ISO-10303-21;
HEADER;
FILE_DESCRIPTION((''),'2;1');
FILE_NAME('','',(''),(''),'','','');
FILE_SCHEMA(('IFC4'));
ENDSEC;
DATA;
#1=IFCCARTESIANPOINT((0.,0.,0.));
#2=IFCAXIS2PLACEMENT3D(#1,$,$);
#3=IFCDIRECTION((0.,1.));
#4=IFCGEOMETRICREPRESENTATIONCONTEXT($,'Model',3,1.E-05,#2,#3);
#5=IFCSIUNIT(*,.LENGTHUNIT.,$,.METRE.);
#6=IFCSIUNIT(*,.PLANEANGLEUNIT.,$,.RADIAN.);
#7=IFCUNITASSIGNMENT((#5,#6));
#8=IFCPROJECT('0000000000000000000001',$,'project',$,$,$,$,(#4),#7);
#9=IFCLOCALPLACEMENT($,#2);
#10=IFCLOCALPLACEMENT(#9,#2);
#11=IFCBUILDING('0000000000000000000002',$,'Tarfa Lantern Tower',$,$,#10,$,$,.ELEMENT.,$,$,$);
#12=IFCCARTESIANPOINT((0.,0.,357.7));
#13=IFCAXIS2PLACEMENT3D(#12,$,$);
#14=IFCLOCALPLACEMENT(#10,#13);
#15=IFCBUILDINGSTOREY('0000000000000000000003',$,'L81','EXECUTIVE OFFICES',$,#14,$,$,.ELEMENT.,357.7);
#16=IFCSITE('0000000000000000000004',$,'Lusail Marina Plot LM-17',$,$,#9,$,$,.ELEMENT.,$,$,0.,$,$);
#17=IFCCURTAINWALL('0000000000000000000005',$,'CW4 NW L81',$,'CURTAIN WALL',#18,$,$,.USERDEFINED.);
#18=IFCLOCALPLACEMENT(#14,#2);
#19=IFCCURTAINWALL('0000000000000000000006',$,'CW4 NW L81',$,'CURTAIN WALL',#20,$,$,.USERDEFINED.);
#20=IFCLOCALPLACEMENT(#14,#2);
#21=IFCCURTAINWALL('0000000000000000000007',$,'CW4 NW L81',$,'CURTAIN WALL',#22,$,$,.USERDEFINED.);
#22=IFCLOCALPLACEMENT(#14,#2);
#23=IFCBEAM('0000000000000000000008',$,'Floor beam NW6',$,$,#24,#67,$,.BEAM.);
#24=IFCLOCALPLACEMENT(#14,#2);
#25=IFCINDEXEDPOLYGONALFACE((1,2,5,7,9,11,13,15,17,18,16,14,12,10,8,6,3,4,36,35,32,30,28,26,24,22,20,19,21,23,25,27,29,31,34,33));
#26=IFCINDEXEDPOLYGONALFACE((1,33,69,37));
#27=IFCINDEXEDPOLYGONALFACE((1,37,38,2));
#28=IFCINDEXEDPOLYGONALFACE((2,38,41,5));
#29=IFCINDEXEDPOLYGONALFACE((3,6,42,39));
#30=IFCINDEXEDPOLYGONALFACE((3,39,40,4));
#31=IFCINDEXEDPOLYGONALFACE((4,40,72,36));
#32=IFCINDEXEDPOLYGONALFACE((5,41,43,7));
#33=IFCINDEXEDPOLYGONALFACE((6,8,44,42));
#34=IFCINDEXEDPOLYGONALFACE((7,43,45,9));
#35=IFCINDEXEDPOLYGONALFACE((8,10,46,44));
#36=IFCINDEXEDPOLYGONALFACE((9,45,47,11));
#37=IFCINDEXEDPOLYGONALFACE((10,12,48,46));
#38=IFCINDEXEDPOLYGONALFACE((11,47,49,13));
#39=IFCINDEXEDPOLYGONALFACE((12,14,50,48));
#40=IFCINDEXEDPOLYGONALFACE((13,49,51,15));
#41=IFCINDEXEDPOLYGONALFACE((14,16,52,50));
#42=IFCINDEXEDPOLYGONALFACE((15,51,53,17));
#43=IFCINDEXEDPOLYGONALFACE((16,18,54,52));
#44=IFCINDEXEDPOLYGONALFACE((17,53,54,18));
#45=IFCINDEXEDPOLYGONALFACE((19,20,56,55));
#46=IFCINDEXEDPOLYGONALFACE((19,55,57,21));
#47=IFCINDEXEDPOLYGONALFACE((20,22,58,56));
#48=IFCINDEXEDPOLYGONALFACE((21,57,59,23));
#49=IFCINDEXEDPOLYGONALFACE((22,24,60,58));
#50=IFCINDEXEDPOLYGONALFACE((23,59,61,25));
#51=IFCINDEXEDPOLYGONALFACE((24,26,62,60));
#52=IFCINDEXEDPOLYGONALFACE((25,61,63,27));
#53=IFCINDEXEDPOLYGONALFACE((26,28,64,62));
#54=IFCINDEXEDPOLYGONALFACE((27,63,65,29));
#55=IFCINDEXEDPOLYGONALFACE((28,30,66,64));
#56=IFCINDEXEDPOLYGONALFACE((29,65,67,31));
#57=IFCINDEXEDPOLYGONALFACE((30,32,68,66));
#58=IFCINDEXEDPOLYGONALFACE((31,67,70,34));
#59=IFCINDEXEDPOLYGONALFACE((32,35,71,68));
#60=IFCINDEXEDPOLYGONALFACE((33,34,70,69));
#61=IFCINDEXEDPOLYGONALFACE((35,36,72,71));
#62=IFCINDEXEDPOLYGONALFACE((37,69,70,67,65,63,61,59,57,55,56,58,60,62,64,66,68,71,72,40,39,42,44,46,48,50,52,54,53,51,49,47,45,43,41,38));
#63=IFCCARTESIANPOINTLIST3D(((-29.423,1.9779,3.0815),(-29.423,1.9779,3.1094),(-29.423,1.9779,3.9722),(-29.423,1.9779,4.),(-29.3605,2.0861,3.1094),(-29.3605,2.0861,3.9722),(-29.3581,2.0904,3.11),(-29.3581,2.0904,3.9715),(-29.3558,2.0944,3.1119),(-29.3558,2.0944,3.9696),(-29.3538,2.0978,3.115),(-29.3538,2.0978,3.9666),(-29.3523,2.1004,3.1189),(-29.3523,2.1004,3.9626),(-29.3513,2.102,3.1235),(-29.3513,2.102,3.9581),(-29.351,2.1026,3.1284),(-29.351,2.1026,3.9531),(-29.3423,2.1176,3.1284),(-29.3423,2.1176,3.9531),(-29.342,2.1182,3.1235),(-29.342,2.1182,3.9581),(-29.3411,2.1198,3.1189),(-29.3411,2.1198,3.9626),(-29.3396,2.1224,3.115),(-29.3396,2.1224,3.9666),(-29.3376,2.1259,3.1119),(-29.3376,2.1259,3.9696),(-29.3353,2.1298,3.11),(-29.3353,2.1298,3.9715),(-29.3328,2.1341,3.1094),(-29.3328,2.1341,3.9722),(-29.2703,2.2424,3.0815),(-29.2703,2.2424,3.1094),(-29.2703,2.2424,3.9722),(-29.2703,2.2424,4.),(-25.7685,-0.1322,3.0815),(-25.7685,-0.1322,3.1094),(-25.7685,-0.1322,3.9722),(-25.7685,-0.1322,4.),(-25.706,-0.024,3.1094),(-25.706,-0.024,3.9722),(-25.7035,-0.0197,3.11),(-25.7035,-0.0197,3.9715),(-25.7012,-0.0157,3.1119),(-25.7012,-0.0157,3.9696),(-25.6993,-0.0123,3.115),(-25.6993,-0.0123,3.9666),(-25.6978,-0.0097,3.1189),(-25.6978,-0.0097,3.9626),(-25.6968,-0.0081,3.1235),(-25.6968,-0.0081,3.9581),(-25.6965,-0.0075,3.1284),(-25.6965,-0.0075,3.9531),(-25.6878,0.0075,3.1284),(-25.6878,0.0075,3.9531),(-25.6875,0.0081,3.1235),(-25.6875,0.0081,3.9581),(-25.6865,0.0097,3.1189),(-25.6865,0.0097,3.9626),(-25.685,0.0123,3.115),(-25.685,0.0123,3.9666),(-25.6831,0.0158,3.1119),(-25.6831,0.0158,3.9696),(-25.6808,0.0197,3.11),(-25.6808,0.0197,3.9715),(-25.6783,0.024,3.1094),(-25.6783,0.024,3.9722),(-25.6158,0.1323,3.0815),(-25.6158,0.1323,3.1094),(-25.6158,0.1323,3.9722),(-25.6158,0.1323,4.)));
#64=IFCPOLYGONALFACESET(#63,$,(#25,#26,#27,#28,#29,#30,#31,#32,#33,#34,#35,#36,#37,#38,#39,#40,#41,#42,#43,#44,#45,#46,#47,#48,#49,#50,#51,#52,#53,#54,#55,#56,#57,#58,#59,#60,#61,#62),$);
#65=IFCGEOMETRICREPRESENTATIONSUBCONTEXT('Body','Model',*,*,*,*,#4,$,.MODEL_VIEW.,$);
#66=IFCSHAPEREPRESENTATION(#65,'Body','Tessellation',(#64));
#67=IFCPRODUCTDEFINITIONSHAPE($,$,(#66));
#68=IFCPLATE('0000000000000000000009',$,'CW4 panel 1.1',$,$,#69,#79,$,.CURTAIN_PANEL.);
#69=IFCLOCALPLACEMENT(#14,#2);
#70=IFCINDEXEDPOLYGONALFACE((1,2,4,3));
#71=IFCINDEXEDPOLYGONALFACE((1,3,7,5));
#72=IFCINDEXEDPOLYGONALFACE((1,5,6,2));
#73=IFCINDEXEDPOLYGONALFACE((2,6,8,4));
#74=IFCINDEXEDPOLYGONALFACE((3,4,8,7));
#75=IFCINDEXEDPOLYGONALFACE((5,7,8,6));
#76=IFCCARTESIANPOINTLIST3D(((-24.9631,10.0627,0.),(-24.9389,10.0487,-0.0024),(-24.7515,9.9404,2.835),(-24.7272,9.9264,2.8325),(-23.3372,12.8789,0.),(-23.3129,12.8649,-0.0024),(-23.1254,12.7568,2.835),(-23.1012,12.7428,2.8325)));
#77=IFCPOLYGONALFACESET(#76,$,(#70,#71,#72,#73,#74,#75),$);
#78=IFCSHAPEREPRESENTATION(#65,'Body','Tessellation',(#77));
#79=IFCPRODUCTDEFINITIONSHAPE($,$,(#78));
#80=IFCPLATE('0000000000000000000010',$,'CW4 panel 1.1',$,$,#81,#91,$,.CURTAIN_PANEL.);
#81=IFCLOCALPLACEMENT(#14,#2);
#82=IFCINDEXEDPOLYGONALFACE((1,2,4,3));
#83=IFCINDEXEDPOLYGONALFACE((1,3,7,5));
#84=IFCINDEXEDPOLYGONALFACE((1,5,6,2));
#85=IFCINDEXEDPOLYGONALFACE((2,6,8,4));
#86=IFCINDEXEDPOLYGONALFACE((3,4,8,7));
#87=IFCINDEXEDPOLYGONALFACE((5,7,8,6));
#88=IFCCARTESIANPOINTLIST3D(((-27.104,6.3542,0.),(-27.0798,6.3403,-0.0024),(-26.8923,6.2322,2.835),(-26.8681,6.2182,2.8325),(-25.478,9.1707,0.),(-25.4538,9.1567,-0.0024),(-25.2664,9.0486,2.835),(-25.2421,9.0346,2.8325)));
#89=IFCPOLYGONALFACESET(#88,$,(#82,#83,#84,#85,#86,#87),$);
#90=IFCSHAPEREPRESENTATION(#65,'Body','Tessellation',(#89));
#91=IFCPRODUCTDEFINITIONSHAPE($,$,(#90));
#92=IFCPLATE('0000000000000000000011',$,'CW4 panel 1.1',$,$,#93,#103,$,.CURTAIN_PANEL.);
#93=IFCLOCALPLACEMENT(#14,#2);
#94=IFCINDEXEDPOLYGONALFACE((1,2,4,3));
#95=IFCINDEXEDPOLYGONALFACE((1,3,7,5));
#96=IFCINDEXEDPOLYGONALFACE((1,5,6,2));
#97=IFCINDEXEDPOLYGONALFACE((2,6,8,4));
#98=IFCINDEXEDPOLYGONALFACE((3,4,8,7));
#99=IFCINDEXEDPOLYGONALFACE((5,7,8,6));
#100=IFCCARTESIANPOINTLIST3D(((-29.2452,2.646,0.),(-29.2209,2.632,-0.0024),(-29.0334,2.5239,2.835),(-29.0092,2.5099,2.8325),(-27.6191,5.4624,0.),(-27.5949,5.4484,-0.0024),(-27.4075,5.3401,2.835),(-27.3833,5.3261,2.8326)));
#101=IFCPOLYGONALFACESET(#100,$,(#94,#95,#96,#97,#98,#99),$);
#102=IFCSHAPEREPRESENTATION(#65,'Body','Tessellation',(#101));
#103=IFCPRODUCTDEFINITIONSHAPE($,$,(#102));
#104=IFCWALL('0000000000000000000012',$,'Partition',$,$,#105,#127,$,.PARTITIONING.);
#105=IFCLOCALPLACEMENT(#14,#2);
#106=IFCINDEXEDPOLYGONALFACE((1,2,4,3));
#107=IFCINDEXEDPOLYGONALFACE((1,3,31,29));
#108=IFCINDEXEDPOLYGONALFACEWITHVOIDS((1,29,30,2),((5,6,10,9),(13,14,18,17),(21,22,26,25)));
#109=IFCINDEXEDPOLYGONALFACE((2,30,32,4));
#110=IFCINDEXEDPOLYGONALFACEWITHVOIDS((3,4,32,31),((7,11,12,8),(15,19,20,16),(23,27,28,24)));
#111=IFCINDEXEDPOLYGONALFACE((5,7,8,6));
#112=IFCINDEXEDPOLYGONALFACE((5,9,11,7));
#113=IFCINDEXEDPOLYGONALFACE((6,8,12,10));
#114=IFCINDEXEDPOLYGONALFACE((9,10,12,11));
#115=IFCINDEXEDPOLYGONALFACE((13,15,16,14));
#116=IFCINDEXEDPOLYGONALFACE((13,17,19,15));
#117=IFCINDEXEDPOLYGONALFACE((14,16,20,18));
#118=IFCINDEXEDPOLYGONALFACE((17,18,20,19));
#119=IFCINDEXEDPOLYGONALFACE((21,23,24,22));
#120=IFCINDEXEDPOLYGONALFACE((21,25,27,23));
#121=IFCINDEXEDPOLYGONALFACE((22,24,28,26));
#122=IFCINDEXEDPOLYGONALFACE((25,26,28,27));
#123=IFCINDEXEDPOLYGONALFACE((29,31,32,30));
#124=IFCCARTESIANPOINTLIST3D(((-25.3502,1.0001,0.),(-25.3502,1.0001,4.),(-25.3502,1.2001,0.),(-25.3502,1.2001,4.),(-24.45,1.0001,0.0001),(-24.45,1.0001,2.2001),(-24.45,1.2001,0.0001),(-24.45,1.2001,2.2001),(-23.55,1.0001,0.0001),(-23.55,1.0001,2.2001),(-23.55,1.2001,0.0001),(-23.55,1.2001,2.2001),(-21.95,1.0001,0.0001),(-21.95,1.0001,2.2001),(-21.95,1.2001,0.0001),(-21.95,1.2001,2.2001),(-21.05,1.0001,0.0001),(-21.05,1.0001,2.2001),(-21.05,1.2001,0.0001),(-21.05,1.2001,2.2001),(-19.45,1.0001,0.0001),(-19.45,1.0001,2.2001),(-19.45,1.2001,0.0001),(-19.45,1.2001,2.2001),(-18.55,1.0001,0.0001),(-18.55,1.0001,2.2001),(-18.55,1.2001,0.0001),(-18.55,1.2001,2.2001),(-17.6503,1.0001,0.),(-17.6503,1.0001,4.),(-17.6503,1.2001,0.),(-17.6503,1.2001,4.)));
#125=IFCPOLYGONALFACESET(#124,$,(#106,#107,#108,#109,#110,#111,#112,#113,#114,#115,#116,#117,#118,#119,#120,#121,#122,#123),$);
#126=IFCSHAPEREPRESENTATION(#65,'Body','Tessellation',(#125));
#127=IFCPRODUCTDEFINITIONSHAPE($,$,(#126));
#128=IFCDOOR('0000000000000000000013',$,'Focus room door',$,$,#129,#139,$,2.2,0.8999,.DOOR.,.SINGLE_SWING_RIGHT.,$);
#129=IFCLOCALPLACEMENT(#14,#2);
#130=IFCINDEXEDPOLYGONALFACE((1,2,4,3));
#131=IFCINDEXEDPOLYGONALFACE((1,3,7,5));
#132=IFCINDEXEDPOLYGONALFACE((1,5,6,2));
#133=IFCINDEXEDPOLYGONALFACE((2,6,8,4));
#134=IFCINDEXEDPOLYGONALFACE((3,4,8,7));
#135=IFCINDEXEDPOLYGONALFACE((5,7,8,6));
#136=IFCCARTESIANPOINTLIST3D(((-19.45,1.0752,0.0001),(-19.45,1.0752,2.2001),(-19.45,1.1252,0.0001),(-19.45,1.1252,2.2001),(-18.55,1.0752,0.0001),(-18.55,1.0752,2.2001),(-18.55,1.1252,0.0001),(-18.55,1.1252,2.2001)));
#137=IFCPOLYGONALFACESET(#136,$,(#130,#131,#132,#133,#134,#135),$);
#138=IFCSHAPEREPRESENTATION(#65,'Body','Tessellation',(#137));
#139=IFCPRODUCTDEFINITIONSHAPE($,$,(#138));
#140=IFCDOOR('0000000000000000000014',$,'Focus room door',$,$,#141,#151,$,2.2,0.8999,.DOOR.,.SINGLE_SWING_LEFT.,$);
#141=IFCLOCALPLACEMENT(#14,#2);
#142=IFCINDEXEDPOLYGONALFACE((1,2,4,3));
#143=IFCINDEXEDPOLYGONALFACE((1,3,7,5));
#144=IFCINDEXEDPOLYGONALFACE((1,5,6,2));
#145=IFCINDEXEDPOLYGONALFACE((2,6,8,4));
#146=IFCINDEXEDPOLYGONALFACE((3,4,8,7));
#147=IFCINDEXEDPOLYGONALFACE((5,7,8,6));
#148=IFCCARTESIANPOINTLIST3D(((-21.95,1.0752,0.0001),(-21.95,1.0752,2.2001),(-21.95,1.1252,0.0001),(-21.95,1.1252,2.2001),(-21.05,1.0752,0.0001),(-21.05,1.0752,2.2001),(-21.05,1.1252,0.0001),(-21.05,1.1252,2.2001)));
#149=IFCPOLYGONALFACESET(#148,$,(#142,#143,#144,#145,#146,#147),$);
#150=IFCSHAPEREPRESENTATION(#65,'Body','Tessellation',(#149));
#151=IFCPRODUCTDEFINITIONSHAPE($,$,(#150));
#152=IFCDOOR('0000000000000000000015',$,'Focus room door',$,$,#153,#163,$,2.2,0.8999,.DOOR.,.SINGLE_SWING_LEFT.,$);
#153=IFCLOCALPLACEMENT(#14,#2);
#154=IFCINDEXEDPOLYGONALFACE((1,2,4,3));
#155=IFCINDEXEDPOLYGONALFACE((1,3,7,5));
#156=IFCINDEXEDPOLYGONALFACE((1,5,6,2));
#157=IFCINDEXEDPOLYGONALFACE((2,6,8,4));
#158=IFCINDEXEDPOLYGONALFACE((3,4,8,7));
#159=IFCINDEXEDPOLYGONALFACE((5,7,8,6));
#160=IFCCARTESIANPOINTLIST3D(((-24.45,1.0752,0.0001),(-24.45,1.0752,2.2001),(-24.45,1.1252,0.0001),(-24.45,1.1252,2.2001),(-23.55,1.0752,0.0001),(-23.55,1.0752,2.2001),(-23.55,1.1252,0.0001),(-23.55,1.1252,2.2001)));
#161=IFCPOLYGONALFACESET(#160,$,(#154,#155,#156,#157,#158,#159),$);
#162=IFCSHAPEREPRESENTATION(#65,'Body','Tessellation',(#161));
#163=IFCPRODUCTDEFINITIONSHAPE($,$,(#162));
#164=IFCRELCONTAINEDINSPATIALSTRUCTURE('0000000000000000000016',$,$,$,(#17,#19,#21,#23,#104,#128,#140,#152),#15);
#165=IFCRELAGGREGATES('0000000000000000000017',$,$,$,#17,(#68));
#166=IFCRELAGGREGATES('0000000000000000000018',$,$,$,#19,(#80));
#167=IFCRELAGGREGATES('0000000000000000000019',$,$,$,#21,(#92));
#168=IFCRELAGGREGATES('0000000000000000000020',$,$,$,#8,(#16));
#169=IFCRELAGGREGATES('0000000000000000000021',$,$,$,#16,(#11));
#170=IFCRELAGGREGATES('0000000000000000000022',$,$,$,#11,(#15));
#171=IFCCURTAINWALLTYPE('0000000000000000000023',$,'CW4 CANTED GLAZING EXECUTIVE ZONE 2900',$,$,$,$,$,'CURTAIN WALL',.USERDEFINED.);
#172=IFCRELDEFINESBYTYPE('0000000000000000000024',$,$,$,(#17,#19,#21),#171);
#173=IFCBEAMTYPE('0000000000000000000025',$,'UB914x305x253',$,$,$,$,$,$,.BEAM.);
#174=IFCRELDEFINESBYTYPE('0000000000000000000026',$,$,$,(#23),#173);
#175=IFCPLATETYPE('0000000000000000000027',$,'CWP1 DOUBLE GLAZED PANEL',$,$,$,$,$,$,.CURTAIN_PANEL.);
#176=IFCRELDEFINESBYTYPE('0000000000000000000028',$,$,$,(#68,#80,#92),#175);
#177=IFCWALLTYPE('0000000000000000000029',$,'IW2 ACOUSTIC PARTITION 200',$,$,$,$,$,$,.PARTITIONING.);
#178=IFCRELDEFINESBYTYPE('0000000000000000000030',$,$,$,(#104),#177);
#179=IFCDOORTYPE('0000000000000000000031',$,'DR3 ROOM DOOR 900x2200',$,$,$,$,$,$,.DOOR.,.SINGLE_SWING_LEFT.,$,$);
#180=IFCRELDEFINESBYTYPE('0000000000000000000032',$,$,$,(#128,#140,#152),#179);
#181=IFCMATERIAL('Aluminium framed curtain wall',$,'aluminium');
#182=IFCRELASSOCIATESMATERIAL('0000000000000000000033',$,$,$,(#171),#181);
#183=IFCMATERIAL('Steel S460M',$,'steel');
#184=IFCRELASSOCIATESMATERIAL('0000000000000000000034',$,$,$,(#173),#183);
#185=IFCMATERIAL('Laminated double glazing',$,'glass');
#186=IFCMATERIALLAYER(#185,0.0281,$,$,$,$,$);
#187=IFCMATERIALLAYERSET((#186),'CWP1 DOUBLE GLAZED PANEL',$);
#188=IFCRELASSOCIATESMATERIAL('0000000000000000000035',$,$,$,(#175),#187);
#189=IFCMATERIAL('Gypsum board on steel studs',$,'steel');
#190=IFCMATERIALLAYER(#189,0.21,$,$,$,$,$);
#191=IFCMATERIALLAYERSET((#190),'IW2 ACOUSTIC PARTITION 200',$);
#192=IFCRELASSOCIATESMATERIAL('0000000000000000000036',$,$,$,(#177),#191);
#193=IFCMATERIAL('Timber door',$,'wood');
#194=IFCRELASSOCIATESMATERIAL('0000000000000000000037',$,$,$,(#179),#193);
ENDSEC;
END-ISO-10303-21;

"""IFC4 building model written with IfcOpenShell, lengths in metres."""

from ifc_helpers import new_model, si_unit, direction, frame, frame_2d, origin, origin_2d, place, context, subcontext, project, spatial, polyline, rectangle, i_section, outline, extrude, material, layer, layer_set, material_profile, profile_set, type_object, element, fill, aggregate, save


model = new_model("IFC4")

# Units and contexts
model_context = context("Model", 3, precision=1e-05, world=origin(), true_north=direction((0.0, 1.0)))
body_context = subcontext(model_context, "Body", "Model", "MODEL_VIEW")
ifc_project = project(units=[si_unit("LENGTHUNIT", "METRE"), si_unit("PLANEANGLEUNIT", "RADIAN")], contexts=[model_context])

# Site, building, storey
site_placement = place(None, origin())
site = spatial("IfcSite", under=ifc_project, at=site_placement, Name="Lusail Marina Plot LM-17", CompositionType="ELEMENT", RefElevation=0.0)
building_placement = place(site_placement, origin())
building = spatial("IfcBuilding", under=site, at=building_placement, Name="Tarfa Lantern Tower", CompositionType="ELEMENT")
storey_placement = place(building_placement, frame((0.0, 0.0, 357.7)))
storey = spatial("IfcBuildingStorey", under=building, at=storey_placement, Name="L81", Description="EXECUTIVE OFFICES", CompositionType="ELEMENT", Elevation=357.7)

# Curtain wall
ifc_material_1 = material(Name="Aluminium framed curtain wall", Category="aluminium")
curtain_wall_type = type_object("IfcCurtainWallType", Name="CW4 CANTED GLAZING EXECUTIVE ZONE 2900", ElementType="CURTAIN WALL", PredefinedType="USERDEFINED", material=ifc_material_1)
curtain_wall_1_placement = place(storey_placement, origin())
curtain_wall_1 = element("IfcCurtainWall", 1, at=curtain_wall_1_placement, inside=storey, type_object=curtain_wall_type, Name="CW4 NW L81", ObjectType="CURTAIN WALL", PredefinedType="USERDEFINED")

# Curtain walls
curtain_wall_2_placement = place(storey_placement, origin())
curtain_wall_2 = element("IfcCurtainWall", 2, at=curtain_wall_2_placement, inside=storey, type_object=curtain_wall_type, Name="CW4 NW L81", ObjectType="CURTAIN WALL", PredefinedType="USERDEFINED")
curtain_wall_3_placement = place(storey_placement, origin())
curtain_wall_3 = element("IfcCurtainWall", 3, at=curtain_wall_3_placement, inside=storey, type_object=curtain_wall_type, Name="CW4 NW L81", ObjectType="CURTAIN WALL", PredefinedType="USERDEFINED")

# Beam
ifc_material_2 = material(Name="Steel S460M", Category="steel")
ifc_material_profile_1 = material_profile(ifc_material_2, i_section(OverallWidth=0.3054, OverallDepth=0.9185, WebThickness=0.0173, FlangeThickness=0.0278, FilletRadius=0.019, at=origin_2d()), Name="UB914x305x253")
ifc_profile_set_1 = profile_set([ifc_material_profile_1], Name="Steel S460M")
beam_type_1 = type_object("IfcBeamType", Name="UB914x305x253", PredefinedType="BEAM", material=ifc_profile_set_1)
beam_1_placement = place(storey_placement, frame((-29.3467, 2.1101, 3.5408), z_axis=(0.866009, -0.500028, 0.0), x_axis=(0.500028, 0.866009, 0.0)))
element("IfcBeam", 4, at=beam_1_placement, inside=storey, type_object=beam_type_1, Name="Floor beam NW6", PredefinedType="BEAM", context=body_context, shape_type="SweptSolid", body=[
    extrude(i_section(OverallWidth=0.3054, OverallDepth=0.9185, WebThickness=0.0173, FlangeThickness=0.0278, FilletRadius=0.019, at=origin_2d()), origin(), (0.0, 0.0, 1.0), 4.22),
])

# Plates
ifc_material_3 = material(Name="Laminated double glazing", Category="glass")
ifc_layer_1 = layer(ifc_material_3, 0.0281)
ifc_layer_set_1 = layer_set([ifc_layer_1], Name="CWP1 DOUBLE GLAZED PANEL")
plate_type = type_object("IfcPlateType", Name="CWP1 DOUBLE GLAZED PANEL", PredefinedType="CURTAIN_PANEL", material=ifc_layer_set_1)
plate_1_placement = place(storey_placement, frame((-23.3372, 12.8789, 0.0), z_axis=(-0.862826, 0.498151, 0.085893), x_axis=(-0.499999, -0.866026, -0.000002)))
plate_1 = element("IfcPlate", 5, at=plate_1_placement, type_object=plate_type, Name="CW4 panel 1.1", PredefinedType="CURTAIN_PANEL", context=body_context, shape_type="SweptSolid", body=[
    extrude(outline(polyline([(0.0, 0.0), (3.2519, 0.0), (3.2519, 2.8455), (-0.0001, 2.8455), (0.0, 0.0)])), origin(), (0.0, 0.0, -1.0), 0.0281),
])
aggregate(curtain_wall_1, [plate_1])
plate_2_placement = place(storey_placement, frame((-25.478, 9.1707, 0.0), z_axis=(-0.862837, 0.498136, 0.085872), x_axis=(-0.499982, -0.866036, 0.0)))
plate_2 = element("IfcPlate", 6, at=plate_2_placement, type_object=plate_type, Name="CW4 panel 1.1", PredefinedType="CURTAIN_PANEL", context=body_context, shape_type="SweptSolid", body=[
    extrude(outline(polyline([(0.0, 0.0), (3.2521, 0.0), (3.252, 2.8455), (-0.0001, 2.8455), (0.0, 0.0)])), origin(), (0.0, 0.0, -1.0), 0.0281),
])
aggregate(curtain_wall_2, [plate_2])
plate_3_placement = place(storey_placement, frame((-27.6191, 5.4624, 0.0), z_axis=(-0.862826, 0.498151, 0.085893), x_axis=(-0.499999, -0.866026, 0.000002)))
plate_3 = element("IfcPlate", 7, at=plate_3_placement, type_object=plate_type, Name="CW4 panel 1.1", PredefinedType="CURTAIN_PANEL", context=body_context, shape_type="SweptSolid", body=[
    extrude(outline(polyline([(0.0, 0.0), (3.2521, 0.0), (3.252, 2.8455), (0.0001, 2.8455), (0.0, 0.0)])), origin(), (0.0, 0.0, -1.0), 0.0281),
])
aggregate(curtain_wall_3, [plate_3])

# Wall, openings, doors
ifc_material_4 = material(Name="Gypsum board on steel studs", Category="steel")
ifc_layer_2 = layer(ifc_material_4, 0.21)
ifc_layer_set_2 = layer_set([ifc_layer_2], Name="IW2 ACOUSTIC PARTITION 200")
wall_type = type_object("IfcWallType", Name="IW2 ACOUSTIC PARTITION 200", PredefinedType="PARTITIONING", material=ifc_layer_set_2)
wall_placement = place(storey_placement, frame((-17.6501, 1.1001, 0.0), z_axis=(0.0, 0.0, 1.0), x_axis=(-1.0, 0.0, 0.0)))
wall = element("IfcWall", 8, at=wall_placement, inside=storey, type_object=wall_type, Name="Partition", PredefinedType="PARTITIONING", context=body_context, shape_type="SweptSolid", body=[
    extrude(rectangle(XDim=7.7, YDim=0.2, at=frame_2d((3.8501, 0.0))), origin(), (0.0, 0.0, 1.0), 4.0),
])
opening_1_placement = place(wall_placement, frame((0.8999, 0.0, 0.0)))
opening_1 = element("IfcOpeningElement", 9, at=opening_1_placement, cuts=wall, PredefinedType="OPENING", context=body_context, shape_type="SweptSolid", body=[
    extrude(rectangle(XDim=0.8999, YDim=2.2, at=frame_2d((0.45, 1.1001))), frame((0.0, 0.1099, 0.0), z_axis=(0.0, -1.0, 0.0), x_axis=(1.0, 0.0, 0.0)), (0.0, 0.0, 1.0), 0.22),
])
opening_2_placement = place(wall_placement, frame((3.3999, 0.0, 0.0)))
opening_2 = element("IfcOpeningElement", 10, at=opening_2_placement, cuts=wall, PredefinedType="OPENING", context=body_context, shape_type="SweptSolid", body=[
    extrude(rectangle(XDim=0.8999, YDim=2.2, at=frame_2d((0.45, 1.1001))), frame((0.0, 0.1099, 0.0), z_axis=(0.0, -1.0, 0.0), x_axis=(1.0, 0.0, 0.0)), (0.0, 0.0, 1.0), 0.22),
])
opening_3_placement = place(wall_placement, frame((5.8999, 0.0, 0.0)))
opening_3 = element("IfcOpeningElement", 11, at=opening_3_placement, cuts=wall, PredefinedType="OPENING", context=body_context, shape_type="SweptSolid", body=[
    extrude(rectangle(XDim=0.8999, YDim=2.2, at=frame_2d((0.45, 1.1001))), frame((0.0, 0.1099, 0.0), z_axis=(0.0, -1.0, 0.0), x_axis=(1.0, 0.0, 0.0)), (0.0, 0.0, 1.0), 0.22),
])
ifc_material_5 = material(Name="Timber door", Category="wood")
door_type = type_object("IfcDoorType", Name="DR3 ROOM DOOR 900x2200", OperationType="SINGLE_SWING_LEFT", PredefinedType="DOOR", material=ifc_material_5)
door_1_placement = place(opening_1_placement, origin())
door_1 = element("IfcDoor", 12, at=door_1_placement, inside=storey, type_object=door_type, Name="Focus room door", OperationType="SINGLE_SWING_RIGHT", OverallHeight=2.2, OverallWidth=0.8999, PredefinedType="DOOR", context=body_context, shape_type="SweptSolid", body=[
    extrude(rectangle(XDim=0.8999, YDim=2.2, at=frame_2d((0.45, 1.1001))), frame((0.0, 0.0249, 0.0), z_axis=(0.0, -1.0, 0.0), x_axis=(1.0, 0.0, 0.0)), (0.0, 0.0, 1.0), 0.05),
])
fill(opening_1, door_1)
door_2_placement = place(opening_2_placement, origin())
door_2 = element("IfcDoor", 13, at=door_2_placement, inside=storey, type_object=door_type, Name="Focus room door", OperationType="SINGLE_SWING_LEFT", OverallHeight=2.2, OverallWidth=0.8999, PredefinedType="DOOR", context=body_context, shape_type="SweptSolid", body=[
    extrude(rectangle(XDim=0.8999, YDim=2.2, at=frame_2d((0.45, 1.1001))), frame((0.0, 0.0249, 0.0), z_axis=(0.0, -1.0, 0.0), x_axis=(1.0, 0.0, 0.0)), (0.0, 0.0, 1.0), 0.05),
])
fill(opening_2, door_2)
door_3_placement = place(opening_3_placement, origin())
door_3 = element("IfcDoor", 14, at=door_3_placement, inside=storey, type_object=door_type, Name="Focus room door", OperationType="SINGLE_SWING_LEFT", OverallHeight=2.2, OverallWidth=0.8999, PredefinedType="DOOR", context=body_context, shape_type="SweptSolid", body=[
    extrude(rectangle(XDim=0.8999, YDim=2.2, at=frame_2d((0.45, 1.1001))), frame((0.0, 0.0249, 0.0), z_axis=(0.0, -1.0, 0.0), x_axis=(1.0, 0.0, 0.0)), (0.0, 0.0, 1.0), 0.05),
])
fill(opening_3, door_3)

save(model, "model.ifc")
